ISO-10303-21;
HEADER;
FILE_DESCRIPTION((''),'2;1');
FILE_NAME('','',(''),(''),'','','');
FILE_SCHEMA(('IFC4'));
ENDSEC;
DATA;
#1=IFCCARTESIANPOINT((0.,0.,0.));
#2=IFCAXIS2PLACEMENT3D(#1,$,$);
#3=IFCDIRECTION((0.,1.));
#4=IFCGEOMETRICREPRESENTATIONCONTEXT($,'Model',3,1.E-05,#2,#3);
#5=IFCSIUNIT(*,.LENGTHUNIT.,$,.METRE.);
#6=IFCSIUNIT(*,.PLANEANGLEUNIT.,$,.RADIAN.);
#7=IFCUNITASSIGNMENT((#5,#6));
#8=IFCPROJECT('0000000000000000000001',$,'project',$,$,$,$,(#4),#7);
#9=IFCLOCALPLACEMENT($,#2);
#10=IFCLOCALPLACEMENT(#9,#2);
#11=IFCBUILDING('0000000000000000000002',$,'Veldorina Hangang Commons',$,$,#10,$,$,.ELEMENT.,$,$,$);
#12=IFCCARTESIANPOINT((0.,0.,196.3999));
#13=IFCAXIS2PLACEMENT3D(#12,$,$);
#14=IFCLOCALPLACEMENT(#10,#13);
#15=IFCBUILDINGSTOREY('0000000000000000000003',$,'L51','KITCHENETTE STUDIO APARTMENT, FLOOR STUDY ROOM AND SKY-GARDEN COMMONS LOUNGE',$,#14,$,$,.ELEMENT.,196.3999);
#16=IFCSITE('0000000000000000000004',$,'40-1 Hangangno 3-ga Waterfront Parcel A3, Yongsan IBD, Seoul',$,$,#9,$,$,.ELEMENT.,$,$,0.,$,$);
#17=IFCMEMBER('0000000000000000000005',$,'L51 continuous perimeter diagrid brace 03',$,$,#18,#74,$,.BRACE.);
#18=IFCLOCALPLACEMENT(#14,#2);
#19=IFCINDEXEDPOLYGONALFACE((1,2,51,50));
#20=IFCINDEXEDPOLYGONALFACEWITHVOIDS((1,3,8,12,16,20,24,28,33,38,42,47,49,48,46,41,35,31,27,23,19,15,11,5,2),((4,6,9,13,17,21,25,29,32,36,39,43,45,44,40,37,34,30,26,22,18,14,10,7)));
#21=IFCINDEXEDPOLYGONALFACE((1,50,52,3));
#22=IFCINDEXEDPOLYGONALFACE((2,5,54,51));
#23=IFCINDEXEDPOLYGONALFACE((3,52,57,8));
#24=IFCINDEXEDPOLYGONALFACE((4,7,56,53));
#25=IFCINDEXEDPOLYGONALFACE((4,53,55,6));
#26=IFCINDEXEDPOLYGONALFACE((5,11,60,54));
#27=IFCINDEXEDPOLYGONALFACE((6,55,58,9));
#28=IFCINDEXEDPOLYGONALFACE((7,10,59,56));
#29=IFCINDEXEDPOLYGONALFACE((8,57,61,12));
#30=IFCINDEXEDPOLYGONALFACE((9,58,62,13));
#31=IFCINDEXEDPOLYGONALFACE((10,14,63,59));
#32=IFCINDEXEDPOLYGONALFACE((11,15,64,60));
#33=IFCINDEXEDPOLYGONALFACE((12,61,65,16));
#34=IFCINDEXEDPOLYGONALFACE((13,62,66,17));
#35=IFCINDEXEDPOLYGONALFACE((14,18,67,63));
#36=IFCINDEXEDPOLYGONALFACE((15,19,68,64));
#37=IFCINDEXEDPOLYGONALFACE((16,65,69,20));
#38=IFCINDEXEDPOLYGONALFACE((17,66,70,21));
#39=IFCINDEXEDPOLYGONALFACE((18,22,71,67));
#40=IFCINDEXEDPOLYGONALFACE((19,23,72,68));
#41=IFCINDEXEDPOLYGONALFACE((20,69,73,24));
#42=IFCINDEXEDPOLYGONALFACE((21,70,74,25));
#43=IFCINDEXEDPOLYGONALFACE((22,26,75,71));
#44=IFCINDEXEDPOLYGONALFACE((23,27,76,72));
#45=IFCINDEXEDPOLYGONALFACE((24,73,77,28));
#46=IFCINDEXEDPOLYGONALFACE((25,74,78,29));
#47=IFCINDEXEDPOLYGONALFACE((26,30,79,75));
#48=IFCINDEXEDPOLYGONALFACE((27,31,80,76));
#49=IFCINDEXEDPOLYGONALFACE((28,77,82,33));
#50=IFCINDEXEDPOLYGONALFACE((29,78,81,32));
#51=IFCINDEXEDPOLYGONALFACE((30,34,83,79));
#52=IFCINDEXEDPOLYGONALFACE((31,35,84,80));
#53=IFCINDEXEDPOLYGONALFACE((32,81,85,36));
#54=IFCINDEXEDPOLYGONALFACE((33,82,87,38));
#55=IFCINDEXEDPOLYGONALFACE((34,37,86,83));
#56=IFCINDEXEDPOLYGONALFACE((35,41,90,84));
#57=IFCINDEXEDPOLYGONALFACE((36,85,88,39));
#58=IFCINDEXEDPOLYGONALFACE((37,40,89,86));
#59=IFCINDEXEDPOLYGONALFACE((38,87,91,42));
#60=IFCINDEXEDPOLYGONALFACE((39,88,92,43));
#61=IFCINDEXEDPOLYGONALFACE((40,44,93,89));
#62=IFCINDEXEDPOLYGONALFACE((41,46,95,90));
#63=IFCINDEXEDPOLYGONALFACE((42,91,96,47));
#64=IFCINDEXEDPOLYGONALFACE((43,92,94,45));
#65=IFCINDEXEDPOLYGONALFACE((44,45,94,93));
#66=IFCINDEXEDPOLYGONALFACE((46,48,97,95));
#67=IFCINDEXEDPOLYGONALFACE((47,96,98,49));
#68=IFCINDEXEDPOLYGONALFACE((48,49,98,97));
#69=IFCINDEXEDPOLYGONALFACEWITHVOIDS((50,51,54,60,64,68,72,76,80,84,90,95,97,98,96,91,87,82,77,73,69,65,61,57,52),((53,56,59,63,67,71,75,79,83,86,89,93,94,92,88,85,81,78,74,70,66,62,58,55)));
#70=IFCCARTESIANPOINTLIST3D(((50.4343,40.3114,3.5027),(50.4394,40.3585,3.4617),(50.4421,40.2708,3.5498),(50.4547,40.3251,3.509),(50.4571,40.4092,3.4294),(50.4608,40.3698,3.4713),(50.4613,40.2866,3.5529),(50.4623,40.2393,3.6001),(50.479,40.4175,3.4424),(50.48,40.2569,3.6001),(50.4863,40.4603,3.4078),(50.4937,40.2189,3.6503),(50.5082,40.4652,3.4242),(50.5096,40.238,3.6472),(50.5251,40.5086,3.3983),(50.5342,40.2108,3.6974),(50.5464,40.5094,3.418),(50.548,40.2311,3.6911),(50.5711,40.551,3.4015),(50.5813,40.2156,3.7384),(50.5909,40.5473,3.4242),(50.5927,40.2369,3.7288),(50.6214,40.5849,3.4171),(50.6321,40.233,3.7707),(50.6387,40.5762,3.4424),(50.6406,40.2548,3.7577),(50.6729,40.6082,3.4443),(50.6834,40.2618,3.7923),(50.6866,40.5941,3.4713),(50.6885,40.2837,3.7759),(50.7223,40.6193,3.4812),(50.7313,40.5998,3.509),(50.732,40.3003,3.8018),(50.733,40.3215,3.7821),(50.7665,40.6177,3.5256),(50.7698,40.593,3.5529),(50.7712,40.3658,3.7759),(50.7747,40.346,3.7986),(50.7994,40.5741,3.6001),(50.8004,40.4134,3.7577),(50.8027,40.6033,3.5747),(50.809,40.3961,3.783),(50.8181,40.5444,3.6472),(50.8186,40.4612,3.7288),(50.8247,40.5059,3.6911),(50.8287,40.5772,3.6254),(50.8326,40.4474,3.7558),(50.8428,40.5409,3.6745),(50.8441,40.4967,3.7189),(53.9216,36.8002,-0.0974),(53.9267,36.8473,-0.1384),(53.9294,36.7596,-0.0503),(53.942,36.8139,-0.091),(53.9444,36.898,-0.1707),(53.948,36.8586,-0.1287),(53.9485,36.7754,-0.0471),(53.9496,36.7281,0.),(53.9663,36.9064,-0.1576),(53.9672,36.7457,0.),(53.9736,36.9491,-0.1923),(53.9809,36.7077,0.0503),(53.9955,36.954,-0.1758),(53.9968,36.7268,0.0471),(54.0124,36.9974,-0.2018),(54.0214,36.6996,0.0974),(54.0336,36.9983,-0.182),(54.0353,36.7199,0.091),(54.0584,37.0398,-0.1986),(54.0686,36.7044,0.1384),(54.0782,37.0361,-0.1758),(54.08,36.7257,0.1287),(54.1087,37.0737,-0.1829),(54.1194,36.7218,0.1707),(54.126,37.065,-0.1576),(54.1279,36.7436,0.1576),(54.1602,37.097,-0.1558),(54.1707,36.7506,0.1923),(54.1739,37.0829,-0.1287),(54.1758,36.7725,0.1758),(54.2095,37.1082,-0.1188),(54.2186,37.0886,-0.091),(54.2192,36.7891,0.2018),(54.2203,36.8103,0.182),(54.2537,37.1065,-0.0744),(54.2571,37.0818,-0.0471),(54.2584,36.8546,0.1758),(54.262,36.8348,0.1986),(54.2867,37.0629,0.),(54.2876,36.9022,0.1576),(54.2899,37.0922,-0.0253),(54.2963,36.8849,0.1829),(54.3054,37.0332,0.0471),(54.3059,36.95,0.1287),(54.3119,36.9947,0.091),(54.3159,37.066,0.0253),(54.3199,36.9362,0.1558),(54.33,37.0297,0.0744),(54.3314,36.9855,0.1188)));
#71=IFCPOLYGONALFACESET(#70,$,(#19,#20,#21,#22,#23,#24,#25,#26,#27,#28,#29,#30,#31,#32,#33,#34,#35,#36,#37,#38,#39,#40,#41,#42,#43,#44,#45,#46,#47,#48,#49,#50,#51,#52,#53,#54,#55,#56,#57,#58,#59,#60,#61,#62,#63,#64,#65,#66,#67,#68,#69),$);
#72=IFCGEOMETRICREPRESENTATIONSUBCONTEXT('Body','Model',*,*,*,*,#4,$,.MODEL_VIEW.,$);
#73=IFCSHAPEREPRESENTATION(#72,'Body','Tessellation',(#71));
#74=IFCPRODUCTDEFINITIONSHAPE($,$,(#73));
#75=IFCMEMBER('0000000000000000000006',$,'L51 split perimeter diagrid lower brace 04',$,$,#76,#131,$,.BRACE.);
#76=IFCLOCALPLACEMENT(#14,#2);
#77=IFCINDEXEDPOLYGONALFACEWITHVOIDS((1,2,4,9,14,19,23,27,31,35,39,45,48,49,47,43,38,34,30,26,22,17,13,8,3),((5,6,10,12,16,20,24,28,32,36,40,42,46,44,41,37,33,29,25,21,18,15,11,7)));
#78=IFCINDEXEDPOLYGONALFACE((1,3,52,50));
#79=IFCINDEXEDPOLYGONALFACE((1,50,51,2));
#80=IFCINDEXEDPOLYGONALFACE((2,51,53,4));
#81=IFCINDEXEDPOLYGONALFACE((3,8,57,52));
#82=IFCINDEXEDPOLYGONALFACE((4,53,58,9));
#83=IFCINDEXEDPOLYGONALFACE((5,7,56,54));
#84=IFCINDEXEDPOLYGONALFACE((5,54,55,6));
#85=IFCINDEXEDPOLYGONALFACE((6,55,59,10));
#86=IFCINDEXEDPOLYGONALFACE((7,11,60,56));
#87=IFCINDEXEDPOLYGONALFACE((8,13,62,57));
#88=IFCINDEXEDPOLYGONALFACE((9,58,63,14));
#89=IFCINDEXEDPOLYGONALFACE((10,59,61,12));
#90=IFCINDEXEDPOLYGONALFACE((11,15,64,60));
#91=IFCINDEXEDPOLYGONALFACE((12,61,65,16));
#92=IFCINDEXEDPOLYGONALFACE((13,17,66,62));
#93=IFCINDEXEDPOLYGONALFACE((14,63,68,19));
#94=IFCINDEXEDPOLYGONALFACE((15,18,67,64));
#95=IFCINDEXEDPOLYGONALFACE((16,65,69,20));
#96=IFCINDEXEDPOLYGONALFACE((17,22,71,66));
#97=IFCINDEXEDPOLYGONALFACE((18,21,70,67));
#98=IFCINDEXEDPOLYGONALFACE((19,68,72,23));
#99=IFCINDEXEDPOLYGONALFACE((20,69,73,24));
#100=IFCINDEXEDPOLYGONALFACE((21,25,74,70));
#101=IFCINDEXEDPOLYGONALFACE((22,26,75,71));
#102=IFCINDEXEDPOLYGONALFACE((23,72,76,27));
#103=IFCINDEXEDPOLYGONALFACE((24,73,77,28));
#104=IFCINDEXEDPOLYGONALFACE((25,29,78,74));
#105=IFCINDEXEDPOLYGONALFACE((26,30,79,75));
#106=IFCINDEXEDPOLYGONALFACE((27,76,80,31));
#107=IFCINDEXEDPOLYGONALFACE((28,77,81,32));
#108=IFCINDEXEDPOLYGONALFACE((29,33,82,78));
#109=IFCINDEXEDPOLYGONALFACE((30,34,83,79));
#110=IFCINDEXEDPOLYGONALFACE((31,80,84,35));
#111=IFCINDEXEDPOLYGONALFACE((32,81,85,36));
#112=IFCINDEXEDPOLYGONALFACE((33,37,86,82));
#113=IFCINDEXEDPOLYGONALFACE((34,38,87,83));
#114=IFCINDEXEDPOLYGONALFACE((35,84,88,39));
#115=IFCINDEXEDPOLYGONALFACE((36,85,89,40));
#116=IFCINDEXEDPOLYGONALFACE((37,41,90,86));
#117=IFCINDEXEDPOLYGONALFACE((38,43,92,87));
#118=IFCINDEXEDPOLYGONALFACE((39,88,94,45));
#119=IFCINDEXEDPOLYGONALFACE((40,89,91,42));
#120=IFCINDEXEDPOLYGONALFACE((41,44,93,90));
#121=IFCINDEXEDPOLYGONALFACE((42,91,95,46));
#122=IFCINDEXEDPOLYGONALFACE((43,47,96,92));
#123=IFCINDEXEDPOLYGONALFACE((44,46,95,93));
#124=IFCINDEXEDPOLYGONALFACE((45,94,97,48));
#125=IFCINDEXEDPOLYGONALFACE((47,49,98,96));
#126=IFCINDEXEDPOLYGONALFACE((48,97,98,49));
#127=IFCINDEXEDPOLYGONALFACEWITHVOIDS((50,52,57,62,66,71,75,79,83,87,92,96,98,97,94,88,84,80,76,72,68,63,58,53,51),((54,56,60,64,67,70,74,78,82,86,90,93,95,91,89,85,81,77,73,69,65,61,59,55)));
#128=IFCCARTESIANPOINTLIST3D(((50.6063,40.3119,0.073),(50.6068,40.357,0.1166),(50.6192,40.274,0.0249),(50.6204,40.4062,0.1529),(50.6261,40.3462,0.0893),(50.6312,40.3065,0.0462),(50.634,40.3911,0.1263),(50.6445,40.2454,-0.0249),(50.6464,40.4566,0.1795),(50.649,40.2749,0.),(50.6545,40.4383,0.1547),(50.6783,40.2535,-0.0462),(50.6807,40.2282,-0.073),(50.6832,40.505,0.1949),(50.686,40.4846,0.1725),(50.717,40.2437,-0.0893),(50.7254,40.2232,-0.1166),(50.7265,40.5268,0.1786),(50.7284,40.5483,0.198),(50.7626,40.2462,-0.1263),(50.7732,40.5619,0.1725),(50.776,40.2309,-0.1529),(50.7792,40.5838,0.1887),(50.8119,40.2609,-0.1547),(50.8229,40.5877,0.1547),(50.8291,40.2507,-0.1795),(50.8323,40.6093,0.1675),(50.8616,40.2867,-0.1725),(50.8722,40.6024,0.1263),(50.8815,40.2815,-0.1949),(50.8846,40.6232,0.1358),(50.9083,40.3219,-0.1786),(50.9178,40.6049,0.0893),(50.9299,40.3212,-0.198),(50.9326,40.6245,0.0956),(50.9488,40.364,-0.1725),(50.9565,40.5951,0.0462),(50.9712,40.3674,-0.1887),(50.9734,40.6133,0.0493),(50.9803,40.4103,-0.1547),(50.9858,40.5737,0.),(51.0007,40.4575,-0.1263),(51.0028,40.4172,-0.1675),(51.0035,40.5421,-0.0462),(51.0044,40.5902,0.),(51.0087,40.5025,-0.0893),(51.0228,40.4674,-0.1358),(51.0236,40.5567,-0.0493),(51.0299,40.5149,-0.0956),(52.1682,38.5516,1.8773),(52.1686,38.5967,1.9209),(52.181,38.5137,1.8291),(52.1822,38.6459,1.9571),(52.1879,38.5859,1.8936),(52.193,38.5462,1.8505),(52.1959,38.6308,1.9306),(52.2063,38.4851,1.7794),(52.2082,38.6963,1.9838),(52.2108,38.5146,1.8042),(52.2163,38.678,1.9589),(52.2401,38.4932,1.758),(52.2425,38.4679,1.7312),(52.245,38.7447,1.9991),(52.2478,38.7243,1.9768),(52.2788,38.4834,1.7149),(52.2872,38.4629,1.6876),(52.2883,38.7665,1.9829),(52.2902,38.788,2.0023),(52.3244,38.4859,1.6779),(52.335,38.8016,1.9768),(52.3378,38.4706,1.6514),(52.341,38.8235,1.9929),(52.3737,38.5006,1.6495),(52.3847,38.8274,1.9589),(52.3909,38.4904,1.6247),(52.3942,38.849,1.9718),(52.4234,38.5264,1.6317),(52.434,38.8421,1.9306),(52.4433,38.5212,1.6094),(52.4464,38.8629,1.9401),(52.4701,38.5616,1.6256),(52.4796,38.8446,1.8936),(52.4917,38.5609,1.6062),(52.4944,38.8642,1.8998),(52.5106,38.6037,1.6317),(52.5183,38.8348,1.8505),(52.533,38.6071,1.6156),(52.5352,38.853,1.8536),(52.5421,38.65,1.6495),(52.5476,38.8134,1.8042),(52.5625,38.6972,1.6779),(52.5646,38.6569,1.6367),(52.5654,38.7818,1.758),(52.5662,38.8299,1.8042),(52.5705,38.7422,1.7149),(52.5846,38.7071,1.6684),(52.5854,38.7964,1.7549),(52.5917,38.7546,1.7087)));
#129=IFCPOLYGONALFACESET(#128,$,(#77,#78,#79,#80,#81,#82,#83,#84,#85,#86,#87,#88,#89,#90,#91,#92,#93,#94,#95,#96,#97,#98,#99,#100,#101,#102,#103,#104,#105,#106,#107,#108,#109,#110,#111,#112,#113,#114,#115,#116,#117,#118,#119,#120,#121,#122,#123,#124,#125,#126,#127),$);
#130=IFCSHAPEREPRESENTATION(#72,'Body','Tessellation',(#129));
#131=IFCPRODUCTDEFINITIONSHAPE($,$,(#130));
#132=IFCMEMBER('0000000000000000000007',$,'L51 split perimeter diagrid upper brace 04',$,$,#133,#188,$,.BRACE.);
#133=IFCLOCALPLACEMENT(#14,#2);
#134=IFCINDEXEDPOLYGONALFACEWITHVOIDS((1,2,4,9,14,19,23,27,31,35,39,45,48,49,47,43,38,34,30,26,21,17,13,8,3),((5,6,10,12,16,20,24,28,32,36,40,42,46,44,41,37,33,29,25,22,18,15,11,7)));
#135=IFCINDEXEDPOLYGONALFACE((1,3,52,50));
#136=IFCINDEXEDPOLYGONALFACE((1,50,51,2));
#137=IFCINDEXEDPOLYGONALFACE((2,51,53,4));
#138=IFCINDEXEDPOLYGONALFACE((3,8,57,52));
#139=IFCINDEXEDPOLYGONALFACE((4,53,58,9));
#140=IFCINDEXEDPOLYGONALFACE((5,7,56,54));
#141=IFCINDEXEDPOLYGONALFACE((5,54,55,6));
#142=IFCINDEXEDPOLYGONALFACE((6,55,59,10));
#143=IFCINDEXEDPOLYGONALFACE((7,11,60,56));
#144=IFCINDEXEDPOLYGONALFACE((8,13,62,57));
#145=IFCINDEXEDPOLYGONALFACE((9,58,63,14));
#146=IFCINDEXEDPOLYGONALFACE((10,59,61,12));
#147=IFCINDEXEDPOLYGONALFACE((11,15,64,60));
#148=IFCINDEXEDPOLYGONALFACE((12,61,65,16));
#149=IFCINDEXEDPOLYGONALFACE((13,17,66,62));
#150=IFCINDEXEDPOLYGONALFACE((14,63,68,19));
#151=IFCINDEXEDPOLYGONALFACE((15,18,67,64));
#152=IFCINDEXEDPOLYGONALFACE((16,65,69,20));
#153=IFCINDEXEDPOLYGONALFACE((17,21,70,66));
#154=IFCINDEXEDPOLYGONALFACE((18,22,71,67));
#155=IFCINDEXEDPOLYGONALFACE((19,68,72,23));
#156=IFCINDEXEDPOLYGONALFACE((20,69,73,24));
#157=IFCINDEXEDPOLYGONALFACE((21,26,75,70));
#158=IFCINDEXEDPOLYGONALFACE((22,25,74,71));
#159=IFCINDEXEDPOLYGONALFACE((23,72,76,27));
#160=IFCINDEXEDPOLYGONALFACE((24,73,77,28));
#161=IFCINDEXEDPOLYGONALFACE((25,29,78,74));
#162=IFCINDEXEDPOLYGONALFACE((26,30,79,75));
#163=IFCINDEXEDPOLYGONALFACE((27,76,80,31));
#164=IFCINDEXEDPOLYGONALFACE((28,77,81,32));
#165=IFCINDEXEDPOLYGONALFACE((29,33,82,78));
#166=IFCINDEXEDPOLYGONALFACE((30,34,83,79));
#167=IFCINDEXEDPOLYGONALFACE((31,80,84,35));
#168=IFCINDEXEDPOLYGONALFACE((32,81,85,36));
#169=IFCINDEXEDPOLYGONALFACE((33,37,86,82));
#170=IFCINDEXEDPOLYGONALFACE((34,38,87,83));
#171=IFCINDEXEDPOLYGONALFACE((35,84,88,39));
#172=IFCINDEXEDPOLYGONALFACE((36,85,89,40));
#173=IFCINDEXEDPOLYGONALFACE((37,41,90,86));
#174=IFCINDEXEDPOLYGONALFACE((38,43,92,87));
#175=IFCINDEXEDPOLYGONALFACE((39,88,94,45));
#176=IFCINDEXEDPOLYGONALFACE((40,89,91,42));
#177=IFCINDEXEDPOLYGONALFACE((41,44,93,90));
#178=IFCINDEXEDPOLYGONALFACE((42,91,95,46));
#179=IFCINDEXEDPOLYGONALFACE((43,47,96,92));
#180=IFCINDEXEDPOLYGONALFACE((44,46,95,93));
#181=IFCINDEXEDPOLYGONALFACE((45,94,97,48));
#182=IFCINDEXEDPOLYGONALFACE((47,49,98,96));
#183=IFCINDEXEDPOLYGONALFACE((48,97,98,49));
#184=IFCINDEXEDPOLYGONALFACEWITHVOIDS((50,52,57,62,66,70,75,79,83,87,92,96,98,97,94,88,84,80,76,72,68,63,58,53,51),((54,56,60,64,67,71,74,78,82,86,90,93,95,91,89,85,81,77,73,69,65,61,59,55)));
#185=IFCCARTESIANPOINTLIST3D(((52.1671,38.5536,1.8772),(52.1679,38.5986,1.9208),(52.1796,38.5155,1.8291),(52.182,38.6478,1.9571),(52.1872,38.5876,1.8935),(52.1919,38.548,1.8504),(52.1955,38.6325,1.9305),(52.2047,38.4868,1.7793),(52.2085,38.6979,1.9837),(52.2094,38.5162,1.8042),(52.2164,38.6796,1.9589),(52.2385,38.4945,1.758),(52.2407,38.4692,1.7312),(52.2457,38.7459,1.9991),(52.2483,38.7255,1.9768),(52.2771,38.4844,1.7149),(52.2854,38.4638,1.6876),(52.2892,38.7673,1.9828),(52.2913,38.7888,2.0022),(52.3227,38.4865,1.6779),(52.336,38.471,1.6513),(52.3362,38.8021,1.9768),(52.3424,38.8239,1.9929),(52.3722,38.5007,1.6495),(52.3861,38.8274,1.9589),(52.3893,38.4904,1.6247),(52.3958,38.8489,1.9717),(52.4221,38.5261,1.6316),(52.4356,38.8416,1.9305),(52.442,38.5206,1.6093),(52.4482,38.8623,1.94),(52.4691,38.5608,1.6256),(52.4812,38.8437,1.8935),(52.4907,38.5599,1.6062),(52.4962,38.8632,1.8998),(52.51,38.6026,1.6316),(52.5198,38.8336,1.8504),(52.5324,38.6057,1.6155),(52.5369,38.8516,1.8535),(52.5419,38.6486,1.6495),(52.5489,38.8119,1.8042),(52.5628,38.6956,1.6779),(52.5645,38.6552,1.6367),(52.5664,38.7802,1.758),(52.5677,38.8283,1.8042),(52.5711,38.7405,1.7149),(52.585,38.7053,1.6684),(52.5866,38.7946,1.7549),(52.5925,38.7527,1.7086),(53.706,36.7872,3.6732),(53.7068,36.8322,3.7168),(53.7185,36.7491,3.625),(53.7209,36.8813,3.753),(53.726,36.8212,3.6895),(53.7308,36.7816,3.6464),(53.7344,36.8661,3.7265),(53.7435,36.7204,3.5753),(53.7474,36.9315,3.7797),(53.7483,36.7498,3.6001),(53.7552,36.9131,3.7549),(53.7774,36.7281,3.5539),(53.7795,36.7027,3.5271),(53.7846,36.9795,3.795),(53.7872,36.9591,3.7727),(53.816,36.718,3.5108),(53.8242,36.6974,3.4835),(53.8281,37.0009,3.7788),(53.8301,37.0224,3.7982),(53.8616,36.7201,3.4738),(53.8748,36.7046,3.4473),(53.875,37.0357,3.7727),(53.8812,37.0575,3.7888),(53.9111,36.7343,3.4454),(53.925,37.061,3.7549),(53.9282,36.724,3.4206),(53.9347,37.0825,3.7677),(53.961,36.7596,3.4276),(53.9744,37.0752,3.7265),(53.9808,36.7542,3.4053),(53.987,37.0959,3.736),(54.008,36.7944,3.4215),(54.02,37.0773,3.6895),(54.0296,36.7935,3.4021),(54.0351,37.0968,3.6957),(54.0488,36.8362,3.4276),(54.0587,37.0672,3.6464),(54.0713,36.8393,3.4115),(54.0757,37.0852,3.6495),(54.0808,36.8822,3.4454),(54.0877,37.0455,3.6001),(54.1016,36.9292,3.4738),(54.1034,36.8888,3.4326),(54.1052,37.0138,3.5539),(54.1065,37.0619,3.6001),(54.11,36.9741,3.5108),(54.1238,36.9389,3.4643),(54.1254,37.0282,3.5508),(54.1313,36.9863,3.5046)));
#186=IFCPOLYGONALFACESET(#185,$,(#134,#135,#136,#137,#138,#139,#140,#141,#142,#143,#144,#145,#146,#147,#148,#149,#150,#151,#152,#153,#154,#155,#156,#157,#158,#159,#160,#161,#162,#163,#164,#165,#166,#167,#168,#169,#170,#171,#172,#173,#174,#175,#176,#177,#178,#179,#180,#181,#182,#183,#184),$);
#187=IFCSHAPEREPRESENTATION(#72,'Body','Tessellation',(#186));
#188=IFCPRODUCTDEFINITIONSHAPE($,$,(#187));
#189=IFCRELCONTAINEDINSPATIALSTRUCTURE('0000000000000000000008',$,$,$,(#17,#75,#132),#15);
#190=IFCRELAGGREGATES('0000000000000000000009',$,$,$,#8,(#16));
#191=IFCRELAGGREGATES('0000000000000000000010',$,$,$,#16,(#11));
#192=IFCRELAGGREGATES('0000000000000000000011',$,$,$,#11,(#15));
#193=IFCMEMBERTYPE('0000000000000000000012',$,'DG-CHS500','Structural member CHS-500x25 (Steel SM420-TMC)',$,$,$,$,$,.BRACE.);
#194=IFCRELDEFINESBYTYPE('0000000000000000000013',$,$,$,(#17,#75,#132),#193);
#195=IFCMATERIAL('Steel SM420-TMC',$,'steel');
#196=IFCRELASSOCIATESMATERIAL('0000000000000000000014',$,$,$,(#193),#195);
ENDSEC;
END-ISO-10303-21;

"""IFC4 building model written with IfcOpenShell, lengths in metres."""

from ifc_helpers import new_model, si_unit, direction, frame, origin, origin_2d, place, context, subcontext, project, spatial, hollow_circle, extrude, material, material_profile, profile_set, type_object, element, save


model = new_model("IFC4")

# Units and contexts
model_context = context("Model", 3, precision=1e-05, world=origin(), true_north=direction((0.0, 1.0)))
body_context = subcontext(model_context, "Body", "Model", "MODEL_VIEW")
ifc_project = project(units=[si_unit("LENGTHUNIT", "METRE"), si_unit("PLANEANGLEUNIT", "RADIAN")], contexts=[model_context])

# Site, building, storey
site_placement = place(None, origin())
site = spatial("IfcSite", under=ifc_project, at=site_placement, Name="40-1 Hangangno 3-ga Waterfront Parcel A3, Yongsan IBD, Seoul", CompositionType="ELEMENT", RefElevation=0.0)
building_placement = place(site_placement, origin())
building = spatial("IfcBuilding", under=site, at=building_placement, Name="Veldorina Hangang Commons", CompositionType="ELEMENT")
storey_placement = place(building_placement, frame((0.0, 0.0, 196.3999)))
storey = spatial("IfcBuildingStorey", under=building, at=storey_placement, Name="L51", Description="KITCHENETTE STUDIO APARTMENT, FLOOR STUDY ROOM AND SKY-GARDEN COMMONS LOUNGE", CompositionType="ELEMENT", Elevation=196.3999)

# Shared definitions
ifc_material_1 = material(Name="Steel SM420-TMC", Category="steel")

# Members
ifc_material_profile_1 = material_profile(ifc_material_1, hollow_circle(Radius=0.25, WallThickness=0.0249, at=origin_2d()), Name="CHS-500x25")
ifc_profile_set_1 = profile_set([ifc_material_profile_1], Name="Steel SM420-TMC")
member_type_1 = type_object("IfcMemberType", Name="DG-CHS500", Description="Structural member CHS-500x25 (Steel SM420-TMC)", PredefinedType="BRACE", material=ifc_profile_set_1)
member_1_placement = place(storey_placement, frame((54.127, 36.9043, 0.0), z_axis=(-0.569849, 0.573759, 0.58828), x_axis=(-0.70952, -0.704685, 0.0)))
element("IfcMember", 1, at=member_1_placement, inside=storey, type_object=member_type_1, Name="L51 continuous perimeter diagrid brace 03", PredefinedType="BRACE", context=body_context, shape_type="SweptSolid", body=[
    extrude(hollow_circle(Radius=0.25, WallThickness=0.0249, at=origin_2d()), origin(), (0.0, 0.0, 1.0), 6.1196),
])
member_2_placement = place(storey_placement, frame((50.8174, 40.4243, 0.0), z_axis=(0.526689, -0.593626, 0.608446), x_axis=(0.748021, 0.663675, 0.0)))
element("IfcMember", 2, at=member_2_placement, inside=storey, type_object=member_type_1, Name="L51 split perimeter diagrid lower brace 04", PredefinedType="BRACE", context=body_context, shape_type="SweptSolid", body=[
    extrude(hollow_circle(Radius=0.25, WallThickness=0.0249, at=origin_2d()), origin(), (0.0, 0.0, 1.0), 2.9653),
])
member_3_placement = place(storey_placement, frame((52.3792, 38.6641, 1.8042), z_axis=(0.521312, -0.598396, 0.608404), x_axis=(0.754002, 0.656872, 0.0)))
element("IfcMember", 3, at=member_3_placement, inside=storey, type_object=member_type_1, Name="L51 split perimeter diagrid upper brace 04", PredefinedType="BRACE", context=body_context, shape_type="SweptSolid", body=[
    extrude(hollow_circle(Radius=0.25, WallThickness=0.0249, at=origin_2d()), origin(), (0.0, 0.0, 1.0), 2.9519),
])

save(model, "model.ifc")
